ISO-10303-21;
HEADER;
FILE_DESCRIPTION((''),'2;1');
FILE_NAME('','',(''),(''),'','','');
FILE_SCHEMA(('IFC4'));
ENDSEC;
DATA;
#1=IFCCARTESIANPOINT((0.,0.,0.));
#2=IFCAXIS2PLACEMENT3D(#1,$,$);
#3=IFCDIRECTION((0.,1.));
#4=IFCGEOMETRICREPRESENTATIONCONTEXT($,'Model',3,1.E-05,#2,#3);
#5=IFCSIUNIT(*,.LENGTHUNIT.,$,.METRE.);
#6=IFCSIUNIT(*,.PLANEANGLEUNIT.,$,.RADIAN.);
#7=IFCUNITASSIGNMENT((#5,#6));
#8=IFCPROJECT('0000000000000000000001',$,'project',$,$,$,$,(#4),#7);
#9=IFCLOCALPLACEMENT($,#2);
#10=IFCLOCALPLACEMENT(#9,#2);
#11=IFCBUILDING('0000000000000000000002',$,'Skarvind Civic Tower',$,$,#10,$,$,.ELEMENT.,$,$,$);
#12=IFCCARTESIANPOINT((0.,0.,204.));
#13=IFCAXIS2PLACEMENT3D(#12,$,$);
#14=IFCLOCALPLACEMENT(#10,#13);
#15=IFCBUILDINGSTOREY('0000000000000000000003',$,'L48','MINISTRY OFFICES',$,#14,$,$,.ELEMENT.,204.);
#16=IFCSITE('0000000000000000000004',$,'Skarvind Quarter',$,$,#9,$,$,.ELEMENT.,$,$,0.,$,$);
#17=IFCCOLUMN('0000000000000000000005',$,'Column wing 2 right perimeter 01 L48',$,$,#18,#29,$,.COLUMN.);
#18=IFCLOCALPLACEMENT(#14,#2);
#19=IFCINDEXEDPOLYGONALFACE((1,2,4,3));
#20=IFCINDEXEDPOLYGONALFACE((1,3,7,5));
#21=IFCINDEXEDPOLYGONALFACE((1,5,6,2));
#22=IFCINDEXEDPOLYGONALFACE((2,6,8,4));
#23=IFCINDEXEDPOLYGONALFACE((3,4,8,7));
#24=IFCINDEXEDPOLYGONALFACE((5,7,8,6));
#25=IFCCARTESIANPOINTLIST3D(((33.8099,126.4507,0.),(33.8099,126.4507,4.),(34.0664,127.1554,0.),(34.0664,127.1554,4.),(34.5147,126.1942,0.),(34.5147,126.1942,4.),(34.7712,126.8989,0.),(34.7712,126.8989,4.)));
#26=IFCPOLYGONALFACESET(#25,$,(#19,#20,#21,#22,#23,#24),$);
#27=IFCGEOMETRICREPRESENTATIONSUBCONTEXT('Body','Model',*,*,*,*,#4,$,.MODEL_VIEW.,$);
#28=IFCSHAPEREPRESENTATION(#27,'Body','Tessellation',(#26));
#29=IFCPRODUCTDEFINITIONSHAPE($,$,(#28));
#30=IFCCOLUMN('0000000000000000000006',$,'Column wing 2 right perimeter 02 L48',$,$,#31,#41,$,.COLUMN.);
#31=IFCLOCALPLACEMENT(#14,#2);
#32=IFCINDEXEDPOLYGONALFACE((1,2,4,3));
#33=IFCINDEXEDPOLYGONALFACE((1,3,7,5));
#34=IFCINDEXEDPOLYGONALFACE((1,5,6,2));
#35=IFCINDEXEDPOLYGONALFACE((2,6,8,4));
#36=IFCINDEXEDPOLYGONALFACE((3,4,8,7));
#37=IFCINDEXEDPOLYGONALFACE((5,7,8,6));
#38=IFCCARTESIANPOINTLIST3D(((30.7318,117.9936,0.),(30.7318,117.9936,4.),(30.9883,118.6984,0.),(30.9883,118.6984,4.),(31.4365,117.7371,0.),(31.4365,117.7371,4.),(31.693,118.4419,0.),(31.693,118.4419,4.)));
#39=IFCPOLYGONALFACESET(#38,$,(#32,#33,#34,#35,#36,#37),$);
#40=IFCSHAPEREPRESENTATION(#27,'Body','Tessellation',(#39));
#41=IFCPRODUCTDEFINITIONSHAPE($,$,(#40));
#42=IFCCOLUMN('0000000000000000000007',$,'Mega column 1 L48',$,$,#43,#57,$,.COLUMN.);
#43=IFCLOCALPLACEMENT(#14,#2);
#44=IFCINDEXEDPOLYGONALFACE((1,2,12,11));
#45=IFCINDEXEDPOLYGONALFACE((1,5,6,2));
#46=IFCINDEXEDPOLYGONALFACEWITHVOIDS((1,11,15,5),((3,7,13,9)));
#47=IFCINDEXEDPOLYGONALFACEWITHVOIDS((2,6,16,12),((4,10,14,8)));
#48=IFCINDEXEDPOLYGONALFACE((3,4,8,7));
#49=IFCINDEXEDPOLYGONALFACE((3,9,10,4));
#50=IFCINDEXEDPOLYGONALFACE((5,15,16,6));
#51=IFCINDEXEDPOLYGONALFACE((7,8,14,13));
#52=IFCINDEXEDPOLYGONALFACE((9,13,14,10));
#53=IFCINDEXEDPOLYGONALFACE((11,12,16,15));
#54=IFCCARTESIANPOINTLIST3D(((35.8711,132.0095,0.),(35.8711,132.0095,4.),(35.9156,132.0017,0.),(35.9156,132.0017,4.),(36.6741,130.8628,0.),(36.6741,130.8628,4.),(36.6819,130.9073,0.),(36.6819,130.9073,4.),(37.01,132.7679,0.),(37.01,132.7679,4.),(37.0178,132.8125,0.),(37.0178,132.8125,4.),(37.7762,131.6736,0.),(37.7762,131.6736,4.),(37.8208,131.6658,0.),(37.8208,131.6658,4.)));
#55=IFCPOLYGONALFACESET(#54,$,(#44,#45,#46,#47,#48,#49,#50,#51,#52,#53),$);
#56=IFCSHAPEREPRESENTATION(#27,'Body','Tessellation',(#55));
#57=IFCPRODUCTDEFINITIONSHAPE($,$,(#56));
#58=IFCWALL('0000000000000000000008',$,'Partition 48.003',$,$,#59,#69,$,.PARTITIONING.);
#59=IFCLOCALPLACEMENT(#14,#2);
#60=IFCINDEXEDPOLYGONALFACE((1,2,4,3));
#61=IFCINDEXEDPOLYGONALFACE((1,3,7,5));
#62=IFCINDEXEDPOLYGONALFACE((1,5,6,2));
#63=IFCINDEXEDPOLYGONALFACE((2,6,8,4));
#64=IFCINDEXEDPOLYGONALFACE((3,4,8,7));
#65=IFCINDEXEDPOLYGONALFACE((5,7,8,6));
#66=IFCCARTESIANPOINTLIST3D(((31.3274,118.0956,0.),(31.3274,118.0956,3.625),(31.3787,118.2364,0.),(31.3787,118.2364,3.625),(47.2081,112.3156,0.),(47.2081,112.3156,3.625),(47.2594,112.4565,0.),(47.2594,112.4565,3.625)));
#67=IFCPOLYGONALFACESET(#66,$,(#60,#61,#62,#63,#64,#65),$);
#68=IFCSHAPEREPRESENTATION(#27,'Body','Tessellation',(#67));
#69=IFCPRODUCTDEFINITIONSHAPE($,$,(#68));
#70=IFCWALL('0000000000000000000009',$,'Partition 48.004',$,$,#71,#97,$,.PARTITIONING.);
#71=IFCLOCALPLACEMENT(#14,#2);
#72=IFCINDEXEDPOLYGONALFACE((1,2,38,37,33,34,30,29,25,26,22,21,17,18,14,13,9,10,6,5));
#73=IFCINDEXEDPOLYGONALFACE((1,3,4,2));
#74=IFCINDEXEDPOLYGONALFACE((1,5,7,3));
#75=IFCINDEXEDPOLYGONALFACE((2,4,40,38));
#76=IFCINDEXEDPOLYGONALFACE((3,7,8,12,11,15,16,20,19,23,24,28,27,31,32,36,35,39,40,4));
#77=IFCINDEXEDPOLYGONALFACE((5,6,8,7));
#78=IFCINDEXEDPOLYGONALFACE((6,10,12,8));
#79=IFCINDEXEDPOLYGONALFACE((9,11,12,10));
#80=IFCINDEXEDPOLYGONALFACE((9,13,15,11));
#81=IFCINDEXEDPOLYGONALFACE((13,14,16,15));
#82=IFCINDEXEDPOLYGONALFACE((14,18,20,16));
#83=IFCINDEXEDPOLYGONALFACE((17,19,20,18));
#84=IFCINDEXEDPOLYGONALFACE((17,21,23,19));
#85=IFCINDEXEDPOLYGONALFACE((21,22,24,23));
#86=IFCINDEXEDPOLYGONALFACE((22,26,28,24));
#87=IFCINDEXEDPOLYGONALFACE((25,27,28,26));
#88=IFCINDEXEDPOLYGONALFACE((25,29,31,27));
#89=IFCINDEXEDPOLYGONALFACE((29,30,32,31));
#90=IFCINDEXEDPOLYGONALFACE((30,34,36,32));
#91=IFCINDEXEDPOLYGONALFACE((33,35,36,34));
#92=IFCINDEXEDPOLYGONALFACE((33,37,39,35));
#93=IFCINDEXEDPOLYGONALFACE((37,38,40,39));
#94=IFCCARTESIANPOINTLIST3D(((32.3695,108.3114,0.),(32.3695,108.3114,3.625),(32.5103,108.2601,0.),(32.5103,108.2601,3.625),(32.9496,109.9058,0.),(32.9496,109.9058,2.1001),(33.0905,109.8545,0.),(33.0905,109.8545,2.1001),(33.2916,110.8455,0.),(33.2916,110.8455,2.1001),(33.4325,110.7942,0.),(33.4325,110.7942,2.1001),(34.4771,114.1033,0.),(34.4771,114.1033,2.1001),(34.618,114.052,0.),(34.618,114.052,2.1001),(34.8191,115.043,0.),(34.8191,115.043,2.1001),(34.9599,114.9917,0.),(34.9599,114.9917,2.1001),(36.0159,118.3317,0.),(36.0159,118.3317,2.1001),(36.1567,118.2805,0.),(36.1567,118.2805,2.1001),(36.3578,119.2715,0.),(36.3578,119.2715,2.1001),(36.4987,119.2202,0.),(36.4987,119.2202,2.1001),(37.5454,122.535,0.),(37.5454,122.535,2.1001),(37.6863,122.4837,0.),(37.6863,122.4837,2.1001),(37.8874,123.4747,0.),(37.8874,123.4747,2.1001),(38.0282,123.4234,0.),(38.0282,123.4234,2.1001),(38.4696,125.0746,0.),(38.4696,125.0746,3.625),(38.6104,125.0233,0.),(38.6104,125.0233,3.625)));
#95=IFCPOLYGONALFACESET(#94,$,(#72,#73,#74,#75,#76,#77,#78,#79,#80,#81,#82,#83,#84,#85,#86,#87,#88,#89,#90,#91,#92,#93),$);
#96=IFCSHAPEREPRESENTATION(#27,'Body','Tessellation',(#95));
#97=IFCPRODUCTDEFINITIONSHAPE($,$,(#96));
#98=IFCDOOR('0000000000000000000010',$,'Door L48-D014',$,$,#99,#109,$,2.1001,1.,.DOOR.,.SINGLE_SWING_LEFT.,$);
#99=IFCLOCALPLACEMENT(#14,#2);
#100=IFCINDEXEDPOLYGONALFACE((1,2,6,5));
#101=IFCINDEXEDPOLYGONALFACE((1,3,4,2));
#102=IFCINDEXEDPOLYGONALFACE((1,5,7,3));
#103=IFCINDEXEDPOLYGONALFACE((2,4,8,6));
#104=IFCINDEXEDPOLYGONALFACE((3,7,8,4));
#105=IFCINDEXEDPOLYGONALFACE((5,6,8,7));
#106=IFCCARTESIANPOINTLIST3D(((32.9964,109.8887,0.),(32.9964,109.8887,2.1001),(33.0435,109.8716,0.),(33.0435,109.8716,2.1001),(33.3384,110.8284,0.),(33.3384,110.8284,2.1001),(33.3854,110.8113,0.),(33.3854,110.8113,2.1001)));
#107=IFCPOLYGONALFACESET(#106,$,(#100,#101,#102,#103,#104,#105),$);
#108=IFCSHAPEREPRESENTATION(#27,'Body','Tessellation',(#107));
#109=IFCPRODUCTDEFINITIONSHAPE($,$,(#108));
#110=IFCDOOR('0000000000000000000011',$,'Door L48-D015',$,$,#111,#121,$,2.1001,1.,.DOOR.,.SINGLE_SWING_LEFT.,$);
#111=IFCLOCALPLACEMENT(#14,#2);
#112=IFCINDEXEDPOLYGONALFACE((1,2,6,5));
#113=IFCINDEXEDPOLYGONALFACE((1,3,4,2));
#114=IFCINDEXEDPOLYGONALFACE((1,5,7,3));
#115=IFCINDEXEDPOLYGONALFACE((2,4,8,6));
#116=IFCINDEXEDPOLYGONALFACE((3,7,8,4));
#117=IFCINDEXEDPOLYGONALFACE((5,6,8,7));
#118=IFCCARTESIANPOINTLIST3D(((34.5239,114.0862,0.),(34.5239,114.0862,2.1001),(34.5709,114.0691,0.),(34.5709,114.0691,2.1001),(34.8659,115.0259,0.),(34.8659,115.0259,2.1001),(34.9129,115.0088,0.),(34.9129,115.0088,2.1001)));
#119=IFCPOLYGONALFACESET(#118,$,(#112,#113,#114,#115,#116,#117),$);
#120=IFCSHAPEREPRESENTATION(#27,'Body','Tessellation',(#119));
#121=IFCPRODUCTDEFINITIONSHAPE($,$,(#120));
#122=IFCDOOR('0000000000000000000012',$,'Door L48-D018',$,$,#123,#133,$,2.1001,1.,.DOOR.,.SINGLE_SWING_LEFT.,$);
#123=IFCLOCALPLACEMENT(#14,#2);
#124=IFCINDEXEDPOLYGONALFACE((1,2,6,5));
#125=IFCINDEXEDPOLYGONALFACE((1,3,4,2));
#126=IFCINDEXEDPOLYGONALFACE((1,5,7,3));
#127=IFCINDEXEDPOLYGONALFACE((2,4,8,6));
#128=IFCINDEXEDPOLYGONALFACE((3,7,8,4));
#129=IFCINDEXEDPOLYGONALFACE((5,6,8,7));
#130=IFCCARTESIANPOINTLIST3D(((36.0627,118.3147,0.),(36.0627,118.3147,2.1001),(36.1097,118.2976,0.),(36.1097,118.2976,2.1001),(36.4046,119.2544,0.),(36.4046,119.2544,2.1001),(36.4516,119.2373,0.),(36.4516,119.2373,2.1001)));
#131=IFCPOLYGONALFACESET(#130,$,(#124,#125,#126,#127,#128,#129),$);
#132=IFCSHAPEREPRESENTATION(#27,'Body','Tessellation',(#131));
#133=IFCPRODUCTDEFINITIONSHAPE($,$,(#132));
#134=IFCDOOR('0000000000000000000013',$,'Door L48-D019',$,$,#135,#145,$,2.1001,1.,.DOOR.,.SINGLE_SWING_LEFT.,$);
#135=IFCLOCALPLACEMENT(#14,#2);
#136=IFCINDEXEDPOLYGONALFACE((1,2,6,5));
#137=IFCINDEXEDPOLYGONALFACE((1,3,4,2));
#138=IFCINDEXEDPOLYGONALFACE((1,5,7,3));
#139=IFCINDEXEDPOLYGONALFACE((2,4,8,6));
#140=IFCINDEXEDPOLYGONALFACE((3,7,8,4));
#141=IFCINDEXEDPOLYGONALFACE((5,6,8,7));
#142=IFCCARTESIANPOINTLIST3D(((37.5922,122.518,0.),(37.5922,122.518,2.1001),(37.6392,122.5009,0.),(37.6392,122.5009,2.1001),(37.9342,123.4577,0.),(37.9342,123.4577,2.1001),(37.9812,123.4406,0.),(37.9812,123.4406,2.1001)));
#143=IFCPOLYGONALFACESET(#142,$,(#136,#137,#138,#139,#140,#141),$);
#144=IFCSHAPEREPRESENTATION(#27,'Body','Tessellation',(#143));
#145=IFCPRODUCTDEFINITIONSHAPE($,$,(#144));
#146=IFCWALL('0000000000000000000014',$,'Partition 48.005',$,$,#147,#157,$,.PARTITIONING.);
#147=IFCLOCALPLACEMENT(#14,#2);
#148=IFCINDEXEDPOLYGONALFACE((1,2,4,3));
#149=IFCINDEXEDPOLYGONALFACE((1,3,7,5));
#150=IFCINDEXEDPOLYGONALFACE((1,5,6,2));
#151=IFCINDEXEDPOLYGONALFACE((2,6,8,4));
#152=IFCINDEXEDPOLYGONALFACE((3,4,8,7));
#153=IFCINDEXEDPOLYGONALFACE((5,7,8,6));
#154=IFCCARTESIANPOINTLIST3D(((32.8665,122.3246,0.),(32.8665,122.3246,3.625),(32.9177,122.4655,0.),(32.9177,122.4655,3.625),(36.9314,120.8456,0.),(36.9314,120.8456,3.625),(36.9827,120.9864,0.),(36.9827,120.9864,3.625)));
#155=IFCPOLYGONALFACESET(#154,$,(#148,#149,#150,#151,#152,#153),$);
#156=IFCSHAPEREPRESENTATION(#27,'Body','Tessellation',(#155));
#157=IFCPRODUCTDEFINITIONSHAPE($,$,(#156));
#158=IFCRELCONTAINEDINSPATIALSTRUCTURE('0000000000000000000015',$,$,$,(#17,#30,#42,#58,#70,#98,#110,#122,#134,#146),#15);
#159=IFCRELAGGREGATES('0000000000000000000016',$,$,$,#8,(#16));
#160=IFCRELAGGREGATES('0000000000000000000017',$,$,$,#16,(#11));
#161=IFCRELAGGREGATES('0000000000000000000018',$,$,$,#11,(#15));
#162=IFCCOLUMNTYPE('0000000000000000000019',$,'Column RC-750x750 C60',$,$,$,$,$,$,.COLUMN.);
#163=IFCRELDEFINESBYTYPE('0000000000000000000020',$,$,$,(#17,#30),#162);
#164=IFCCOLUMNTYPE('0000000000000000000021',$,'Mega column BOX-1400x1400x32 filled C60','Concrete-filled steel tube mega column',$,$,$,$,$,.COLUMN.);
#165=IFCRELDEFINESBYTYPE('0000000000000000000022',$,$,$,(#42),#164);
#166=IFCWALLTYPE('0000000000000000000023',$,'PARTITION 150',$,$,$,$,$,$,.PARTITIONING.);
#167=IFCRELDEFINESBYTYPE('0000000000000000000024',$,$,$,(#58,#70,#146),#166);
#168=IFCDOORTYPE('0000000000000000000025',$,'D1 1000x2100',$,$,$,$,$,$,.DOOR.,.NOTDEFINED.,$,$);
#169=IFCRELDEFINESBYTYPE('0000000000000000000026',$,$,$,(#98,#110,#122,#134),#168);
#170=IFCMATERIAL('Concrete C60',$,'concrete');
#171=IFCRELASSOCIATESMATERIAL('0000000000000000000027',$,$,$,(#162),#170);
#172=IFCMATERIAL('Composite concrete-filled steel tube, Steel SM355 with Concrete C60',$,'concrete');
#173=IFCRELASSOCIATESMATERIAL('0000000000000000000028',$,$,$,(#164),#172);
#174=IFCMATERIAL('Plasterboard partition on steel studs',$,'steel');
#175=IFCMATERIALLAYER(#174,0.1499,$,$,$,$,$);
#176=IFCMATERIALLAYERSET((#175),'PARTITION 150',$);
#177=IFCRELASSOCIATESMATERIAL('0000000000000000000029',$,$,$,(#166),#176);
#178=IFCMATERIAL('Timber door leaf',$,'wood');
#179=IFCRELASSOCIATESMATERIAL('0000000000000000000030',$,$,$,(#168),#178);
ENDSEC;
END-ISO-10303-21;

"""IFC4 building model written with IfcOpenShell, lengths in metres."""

from ifc_helpers import new_model, si_unit, direction, frame, frame_2d, origin, origin_2d, place, context, subcontext, project, spatial, rectangle, hollow_rectangle, extrude, material, layer, layer_set, material_profile, profile_set, type_object, element, fill, save


model = new_model("IFC4")

# Units and contexts
model_context = context("Model", 3, precision=1e-05, world=origin(), true_north=direction((0.0, 1.0)))
body_context = subcontext(model_context, "Body", "Model", "MODEL_VIEW")
ifc_project = project(units=[si_unit("LENGTHUNIT", "METRE"), si_unit("PLANEANGLEUNIT", "RADIAN")], contexts=[model_context])

# Site, building, storey
site_placement = place(None, origin())
site = spatial("IfcSite", under=ifc_project, at=site_placement, Name="Skarvind Quarter", CompositionType="ELEMENT", RefElevation=0.0)
building_placement = place(site_placement, origin())
building = spatial("IfcBuilding", under=site, at=building_placement, Name="Skarvind Civic Tower", CompositionType="ELEMENT")
storey_placement = place(building_placement, frame((0.0, 0.0, 204.0)))
storey = spatial("IfcBuildingStorey", under=building, at=storey_placement, Name="L48", Description="MINISTRY OFFICES", CompositionType="ELEMENT", Elevation=204.0)

# Columns
ifc_material_1 = material(Name="Concrete C60", Category="concrete")
ifc_material_profile_1 = material_profile(ifc_material_1, rectangle(XDim=0.75, YDim=0.75, at=origin_2d()), Name="RC-750x750")
ifc_profile_set_1 = profile_set([ifc_material_profile_1], Name="Concrete C60")
column_type_1 = type_object("IfcColumnType", Name="Column RC-750x750 C60", PredefinedType="COLUMN", material=ifc_profile_set_1)
for number, where, z_axis, x_axis, name in (
    (1, (34.2905, 126.6748, 0.0), (0.0, 0.0, 1.0), (-0.34202, -0.939693, 0.0), "Column wing 2 right perimeter 01 L48"),
    (2, (31.2124, 118.2178, 0.0), (0.0, 0.0, 1.0), (-0.34202, -0.939693, 0.0), "Column wing 2 right perimeter 02 L48"),
):
    element("IfcColumn", number, at=place(storey_placement, frame(where, z_axis=z_axis, x_axis=x_axis)), inside=storey, type_object=column_type_1, Name=name, PredefinedType="COLUMN", context=body_context, shape_type="SweptSolid", body=[
        extrude(rectangle(XDim=0.75, YDim=0.75, at=origin_2d()), origin(), (0.0, 0.0, 1.0), 4.0),
    ])
ifc_material_2 = material(Name="Composite concrete-filled steel tube, Steel SM355 with Concrete C60", Category="concrete")
ifc_material_profile_2 = material_profile(ifc_material_2, hollow_rectangle(XDim=1.3999, YDim=1.3999, WallThickness=0.032, at=origin_2d()), Name="BOX-1400x1400x32")
ifc_profile_set_2 = profile_set([ifc_material_profile_2], Name="Composite concrete-filled steel tube, Steel SM355 with Concrete C60")
column_type_2 = type_object("IfcColumnType", Name="Mega column BOX-1400x1400x32 filled C60", Description="Concrete-filled steel tube mega column", PredefinedType="COLUMN", material=ifc_profile_set_2)
column_placement = place(storey_placement, frame((36.8459, 131.8376, 0.0), z_axis=(0.0, 0.0, 1.0), x_axis=(0.573576, -0.819152, 0.0)))
element("IfcColumn", 3, at=column_placement, inside=storey, type_object=column_type_2, Name="Mega column 1 L48", PredefinedType="COLUMN", context=body_context, shape_type="SweptSolid", body=[
    extrude(hollow_rectangle(XDim=1.3999, YDim=1.3999, WallThickness=0.032, at=origin_2d()), origin(), (0.0, 0.0, 1.0), 4.0),
])

# Wall
ifc_material_3 = material(Name="Plasterboard partition on steel studs", Category="steel")
ifc_layer_1 = layer(ifc_material_3, 0.1499)
ifc_layer_set_1 = layer_set([ifc_layer_1], Name="PARTITION 150")
wall_type_1 = type_object("IfcWallType", Name="PARTITION 150", PredefinedType="PARTITIONING", material=ifc_layer_set_1)
wall_1_placement = place(storey_placement, frame((31.353, 118.166, 0.0), z_axis=(0.0, 0.0, 1.0), x_axis=(0.939695, -0.342013, 0.0)))
element("IfcWall", 4, at=wall_1_placement, inside=storey, type_object=wall_type_1, Name="Partition 48.003", PredefinedType="PARTITIONING", context=body_context, shape_type="SweptSolid", body=[
    extrude(rectangle(XDim=16.8999, YDim=0.1499, at=frame_2d((8.45, 0.0))), origin(), (0.0, 0.0, 1.0), 3.625),
])

# Wall, openings, doors
wall_2_placement = place(storey_placement, frame((38.54, 125.0491, 0.0), z_axis=(0.0, 0.0, 1.0), x_axis=(-0.341961, -0.939714, 0.0)))
wall_2 = element("IfcWall", 5, at=wall_2_placement, inside=storey, type_object=wall_type_1, Name="Partition 48.004", PredefinedType="PARTITIONING", context=body_context, shape_type="SweptSolid", body=[
    extrude(rectangle(XDim=17.8386, YDim=0.1499, at=frame_2d((8.9194, 0.0))), origin(), (0.0, 0.0, 1.0), 3.625),
])
opening_1_placement = place(wall_2_placement, frame((15.1421, 0.0, 0.0)))
opening_1 = element("IfcOpeningElement", 6, at=opening_1_placement, cuts=wall_2, PredefinedType="OPENING", context=body_context, shape_type="SweptSolid", body=[
    extrude(rectangle(XDim=1.0, YDim=2.1001, at=frame_2d((0.5, 1.05))), frame((0.0, 0.085, 0.0), z_axis=(0.0, -1.0, 0.0), x_axis=(1.0, 0.0, 0.0)), (0.0, 0.0, 1.0), 0.1699),
])
opening_2_placement = place(wall_2_placement, frame((10.6753, 0.0, 0.0)))
opening_2 = element("IfcOpeningElement", 7, at=opening_2_placement, cuts=wall_2, PredefinedType="OPENING", context=body_context, shape_type="SweptSolid", body=[
    extrude(rectangle(XDim=1.0, YDim=2.1001, at=frame_2d((0.5, 1.05))), frame((0.0, 0.085, 0.0), z_axis=(0.0, -1.0, 0.0), x_axis=(1.0, 0.0, 0.0)), (0.0, 0.0, 1.0), 0.1699),
])
opening_3_placement = place(wall_2_placement, frame((6.1755, 0.0, 0.0)))
opening_3 = element("IfcOpeningElement", 8, at=opening_3_placement, cuts=wall_2, PredefinedType="OPENING", context=body_context, shape_type="SweptSolid", body=[
    extrude(rectangle(XDim=1.0, YDim=2.1001, at=frame_2d((0.5, 1.05))), frame((0.0, 0.085, 0.0), z_axis=(0.0, -1.0, 0.0), x_axis=(1.0, 0.0, 0.0)), (0.0, 0.0, 1.0), 0.1699),
])
opening_4_placement = place(wall_2_placement, frame((1.7026, 0.0, 0.0)))
opening_4 = element("IfcOpeningElement", 9, at=opening_4_placement, cuts=wall_2, PredefinedType="OPENING", context=body_context, shape_type="SweptSolid", body=[
    extrude(rectangle(XDim=1.0, YDim=2.1001, at=frame_2d((0.5, 1.05))), frame((0.0, 0.085, 0.0), z_axis=(0.0, -1.0, 0.0), x_axis=(1.0, 0.0, 0.0)), (0.0, 0.0, 1.0), 0.1699),
])
ifc_material_4 = material(Name="Timber door leaf", Category="wood")
door_type_1 = type_object("IfcDoorType", Name="D1 1000x2100", OperationType="NOTDEFINED", PredefinedType="DOOR", material=ifc_material_4)
door_1_placement = place(opening_1_placement, origin())
door_1 = element("IfcDoor", 10, at=door_1_placement, inside=storey, type_object=door_type_1, Name="Door L48-D014", OperationType="SINGLE_SWING_LEFT", OverallHeight=2.1001, OverallWidth=1.0, PredefinedType="DOOR", context=body_context, shape_type="SweptSolid", body=[
    extrude(rectangle(XDim=1.0, YDim=2.1001, at=frame_2d((0.5, 1.05))), frame((0.0, 0.0249, 0.0), z_axis=(0.0, -1.0, 0.0), x_axis=(1.0, 0.0, 0.0)), (0.0, 0.0, 1.0), 0.05),
])
fill(opening_1, door_1)
door_2_placement = place(opening_2_placement, origin())
door_2 = element("IfcDoor", 11, at=door_2_placement, inside=storey, type_object=door_type_1, Name="Door L48-D015", OperationType="SINGLE_SWING_LEFT", OverallHeight=2.1001, OverallWidth=1.0, PredefinedType="DOOR", context=body_context, shape_type="SweptSolid", body=[
    extrude(rectangle(XDim=1.0, YDim=2.1001, at=frame_2d((0.5, 1.05))), frame((0.0, 0.0249, 0.0), z_axis=(0.0, -1.0, 0.0), x_axis=(1.0, 0.0, 0.0)), (0.0, 0.0, 1.0), 0.05),
])
fill(opening_2, door_2)
door_3_placement = place(opening_3_placement, origin())
door_3 = element("IfcDoor", 12, at=door_3_placement, inside=storey, type_object=door_type_1, Name="Door L48-D018", OperationType="SINGLE_SWING_LEFT", OverallHeight=2.1001, OverallWidth=1.0, PredefinedType="DOOR", context=body_context, shape_type="SweptSolid", body=[
    extrude(rectangle(XDim=1.0, YDim=2.1001, at=frame_2d((0.5, 1.05))), frame((0.0, 0.0249, 0.0), z_axis=(0.0, -1.0, 0.0), x_axis=(1.0, 0.0, 0.0)), (0.0, 0.0, 1.0), 0.05),
])
fill(opening_3, door_3)
door_4_placement = place(opening_4_placement, origin())
door_4 = element("IfcDoor", 13, at=door_4_placement, inside=storey, type_object=door_type_1, Name="Door L48-D019", OperationType="SINGLE_SWING_LEFT", OverallHeight=2.1001, OverallWidth=1.0, PredefinedType="DOOR", context=body_context, shape_type="SweptSolid", body=[
    extrude(rectangle(XDim=1.0, YDim=2.1001, at=frame_2d((0.5, 1.05))), frame((0.0, 0.0249, 0.0), z_axis=(0.0, -1.0, 0.0), x_axis=(1.0, 0.0, 0.0)), (0.0, 0.0, 1.0), 0.05),
])
fill(opening_4, door_4)

# Wall
wall_3_placement = place(storey_placement, frame((32.8921, 122.395, 0.0), z_axis=(0.0, 0.0, 1.0), x_axis=(0.939731, -0.341915, 0.0)))
element("IfcWall", 14, at=wall_3_placement, inside=storey, type_object=wall_type_1, Name="Partition 48.005", PredefinedType="PARTITIONING", context=body_context, shape_type="SweptSolid", body=[
    extrude(rectangle(XDim=4.3257, YDim=0.1499, at=frame_2d((2.1628, 0.0))), origin(), (0.0, 0.0, 1.0), 3.625),
])

save(model, "model.ifc")
